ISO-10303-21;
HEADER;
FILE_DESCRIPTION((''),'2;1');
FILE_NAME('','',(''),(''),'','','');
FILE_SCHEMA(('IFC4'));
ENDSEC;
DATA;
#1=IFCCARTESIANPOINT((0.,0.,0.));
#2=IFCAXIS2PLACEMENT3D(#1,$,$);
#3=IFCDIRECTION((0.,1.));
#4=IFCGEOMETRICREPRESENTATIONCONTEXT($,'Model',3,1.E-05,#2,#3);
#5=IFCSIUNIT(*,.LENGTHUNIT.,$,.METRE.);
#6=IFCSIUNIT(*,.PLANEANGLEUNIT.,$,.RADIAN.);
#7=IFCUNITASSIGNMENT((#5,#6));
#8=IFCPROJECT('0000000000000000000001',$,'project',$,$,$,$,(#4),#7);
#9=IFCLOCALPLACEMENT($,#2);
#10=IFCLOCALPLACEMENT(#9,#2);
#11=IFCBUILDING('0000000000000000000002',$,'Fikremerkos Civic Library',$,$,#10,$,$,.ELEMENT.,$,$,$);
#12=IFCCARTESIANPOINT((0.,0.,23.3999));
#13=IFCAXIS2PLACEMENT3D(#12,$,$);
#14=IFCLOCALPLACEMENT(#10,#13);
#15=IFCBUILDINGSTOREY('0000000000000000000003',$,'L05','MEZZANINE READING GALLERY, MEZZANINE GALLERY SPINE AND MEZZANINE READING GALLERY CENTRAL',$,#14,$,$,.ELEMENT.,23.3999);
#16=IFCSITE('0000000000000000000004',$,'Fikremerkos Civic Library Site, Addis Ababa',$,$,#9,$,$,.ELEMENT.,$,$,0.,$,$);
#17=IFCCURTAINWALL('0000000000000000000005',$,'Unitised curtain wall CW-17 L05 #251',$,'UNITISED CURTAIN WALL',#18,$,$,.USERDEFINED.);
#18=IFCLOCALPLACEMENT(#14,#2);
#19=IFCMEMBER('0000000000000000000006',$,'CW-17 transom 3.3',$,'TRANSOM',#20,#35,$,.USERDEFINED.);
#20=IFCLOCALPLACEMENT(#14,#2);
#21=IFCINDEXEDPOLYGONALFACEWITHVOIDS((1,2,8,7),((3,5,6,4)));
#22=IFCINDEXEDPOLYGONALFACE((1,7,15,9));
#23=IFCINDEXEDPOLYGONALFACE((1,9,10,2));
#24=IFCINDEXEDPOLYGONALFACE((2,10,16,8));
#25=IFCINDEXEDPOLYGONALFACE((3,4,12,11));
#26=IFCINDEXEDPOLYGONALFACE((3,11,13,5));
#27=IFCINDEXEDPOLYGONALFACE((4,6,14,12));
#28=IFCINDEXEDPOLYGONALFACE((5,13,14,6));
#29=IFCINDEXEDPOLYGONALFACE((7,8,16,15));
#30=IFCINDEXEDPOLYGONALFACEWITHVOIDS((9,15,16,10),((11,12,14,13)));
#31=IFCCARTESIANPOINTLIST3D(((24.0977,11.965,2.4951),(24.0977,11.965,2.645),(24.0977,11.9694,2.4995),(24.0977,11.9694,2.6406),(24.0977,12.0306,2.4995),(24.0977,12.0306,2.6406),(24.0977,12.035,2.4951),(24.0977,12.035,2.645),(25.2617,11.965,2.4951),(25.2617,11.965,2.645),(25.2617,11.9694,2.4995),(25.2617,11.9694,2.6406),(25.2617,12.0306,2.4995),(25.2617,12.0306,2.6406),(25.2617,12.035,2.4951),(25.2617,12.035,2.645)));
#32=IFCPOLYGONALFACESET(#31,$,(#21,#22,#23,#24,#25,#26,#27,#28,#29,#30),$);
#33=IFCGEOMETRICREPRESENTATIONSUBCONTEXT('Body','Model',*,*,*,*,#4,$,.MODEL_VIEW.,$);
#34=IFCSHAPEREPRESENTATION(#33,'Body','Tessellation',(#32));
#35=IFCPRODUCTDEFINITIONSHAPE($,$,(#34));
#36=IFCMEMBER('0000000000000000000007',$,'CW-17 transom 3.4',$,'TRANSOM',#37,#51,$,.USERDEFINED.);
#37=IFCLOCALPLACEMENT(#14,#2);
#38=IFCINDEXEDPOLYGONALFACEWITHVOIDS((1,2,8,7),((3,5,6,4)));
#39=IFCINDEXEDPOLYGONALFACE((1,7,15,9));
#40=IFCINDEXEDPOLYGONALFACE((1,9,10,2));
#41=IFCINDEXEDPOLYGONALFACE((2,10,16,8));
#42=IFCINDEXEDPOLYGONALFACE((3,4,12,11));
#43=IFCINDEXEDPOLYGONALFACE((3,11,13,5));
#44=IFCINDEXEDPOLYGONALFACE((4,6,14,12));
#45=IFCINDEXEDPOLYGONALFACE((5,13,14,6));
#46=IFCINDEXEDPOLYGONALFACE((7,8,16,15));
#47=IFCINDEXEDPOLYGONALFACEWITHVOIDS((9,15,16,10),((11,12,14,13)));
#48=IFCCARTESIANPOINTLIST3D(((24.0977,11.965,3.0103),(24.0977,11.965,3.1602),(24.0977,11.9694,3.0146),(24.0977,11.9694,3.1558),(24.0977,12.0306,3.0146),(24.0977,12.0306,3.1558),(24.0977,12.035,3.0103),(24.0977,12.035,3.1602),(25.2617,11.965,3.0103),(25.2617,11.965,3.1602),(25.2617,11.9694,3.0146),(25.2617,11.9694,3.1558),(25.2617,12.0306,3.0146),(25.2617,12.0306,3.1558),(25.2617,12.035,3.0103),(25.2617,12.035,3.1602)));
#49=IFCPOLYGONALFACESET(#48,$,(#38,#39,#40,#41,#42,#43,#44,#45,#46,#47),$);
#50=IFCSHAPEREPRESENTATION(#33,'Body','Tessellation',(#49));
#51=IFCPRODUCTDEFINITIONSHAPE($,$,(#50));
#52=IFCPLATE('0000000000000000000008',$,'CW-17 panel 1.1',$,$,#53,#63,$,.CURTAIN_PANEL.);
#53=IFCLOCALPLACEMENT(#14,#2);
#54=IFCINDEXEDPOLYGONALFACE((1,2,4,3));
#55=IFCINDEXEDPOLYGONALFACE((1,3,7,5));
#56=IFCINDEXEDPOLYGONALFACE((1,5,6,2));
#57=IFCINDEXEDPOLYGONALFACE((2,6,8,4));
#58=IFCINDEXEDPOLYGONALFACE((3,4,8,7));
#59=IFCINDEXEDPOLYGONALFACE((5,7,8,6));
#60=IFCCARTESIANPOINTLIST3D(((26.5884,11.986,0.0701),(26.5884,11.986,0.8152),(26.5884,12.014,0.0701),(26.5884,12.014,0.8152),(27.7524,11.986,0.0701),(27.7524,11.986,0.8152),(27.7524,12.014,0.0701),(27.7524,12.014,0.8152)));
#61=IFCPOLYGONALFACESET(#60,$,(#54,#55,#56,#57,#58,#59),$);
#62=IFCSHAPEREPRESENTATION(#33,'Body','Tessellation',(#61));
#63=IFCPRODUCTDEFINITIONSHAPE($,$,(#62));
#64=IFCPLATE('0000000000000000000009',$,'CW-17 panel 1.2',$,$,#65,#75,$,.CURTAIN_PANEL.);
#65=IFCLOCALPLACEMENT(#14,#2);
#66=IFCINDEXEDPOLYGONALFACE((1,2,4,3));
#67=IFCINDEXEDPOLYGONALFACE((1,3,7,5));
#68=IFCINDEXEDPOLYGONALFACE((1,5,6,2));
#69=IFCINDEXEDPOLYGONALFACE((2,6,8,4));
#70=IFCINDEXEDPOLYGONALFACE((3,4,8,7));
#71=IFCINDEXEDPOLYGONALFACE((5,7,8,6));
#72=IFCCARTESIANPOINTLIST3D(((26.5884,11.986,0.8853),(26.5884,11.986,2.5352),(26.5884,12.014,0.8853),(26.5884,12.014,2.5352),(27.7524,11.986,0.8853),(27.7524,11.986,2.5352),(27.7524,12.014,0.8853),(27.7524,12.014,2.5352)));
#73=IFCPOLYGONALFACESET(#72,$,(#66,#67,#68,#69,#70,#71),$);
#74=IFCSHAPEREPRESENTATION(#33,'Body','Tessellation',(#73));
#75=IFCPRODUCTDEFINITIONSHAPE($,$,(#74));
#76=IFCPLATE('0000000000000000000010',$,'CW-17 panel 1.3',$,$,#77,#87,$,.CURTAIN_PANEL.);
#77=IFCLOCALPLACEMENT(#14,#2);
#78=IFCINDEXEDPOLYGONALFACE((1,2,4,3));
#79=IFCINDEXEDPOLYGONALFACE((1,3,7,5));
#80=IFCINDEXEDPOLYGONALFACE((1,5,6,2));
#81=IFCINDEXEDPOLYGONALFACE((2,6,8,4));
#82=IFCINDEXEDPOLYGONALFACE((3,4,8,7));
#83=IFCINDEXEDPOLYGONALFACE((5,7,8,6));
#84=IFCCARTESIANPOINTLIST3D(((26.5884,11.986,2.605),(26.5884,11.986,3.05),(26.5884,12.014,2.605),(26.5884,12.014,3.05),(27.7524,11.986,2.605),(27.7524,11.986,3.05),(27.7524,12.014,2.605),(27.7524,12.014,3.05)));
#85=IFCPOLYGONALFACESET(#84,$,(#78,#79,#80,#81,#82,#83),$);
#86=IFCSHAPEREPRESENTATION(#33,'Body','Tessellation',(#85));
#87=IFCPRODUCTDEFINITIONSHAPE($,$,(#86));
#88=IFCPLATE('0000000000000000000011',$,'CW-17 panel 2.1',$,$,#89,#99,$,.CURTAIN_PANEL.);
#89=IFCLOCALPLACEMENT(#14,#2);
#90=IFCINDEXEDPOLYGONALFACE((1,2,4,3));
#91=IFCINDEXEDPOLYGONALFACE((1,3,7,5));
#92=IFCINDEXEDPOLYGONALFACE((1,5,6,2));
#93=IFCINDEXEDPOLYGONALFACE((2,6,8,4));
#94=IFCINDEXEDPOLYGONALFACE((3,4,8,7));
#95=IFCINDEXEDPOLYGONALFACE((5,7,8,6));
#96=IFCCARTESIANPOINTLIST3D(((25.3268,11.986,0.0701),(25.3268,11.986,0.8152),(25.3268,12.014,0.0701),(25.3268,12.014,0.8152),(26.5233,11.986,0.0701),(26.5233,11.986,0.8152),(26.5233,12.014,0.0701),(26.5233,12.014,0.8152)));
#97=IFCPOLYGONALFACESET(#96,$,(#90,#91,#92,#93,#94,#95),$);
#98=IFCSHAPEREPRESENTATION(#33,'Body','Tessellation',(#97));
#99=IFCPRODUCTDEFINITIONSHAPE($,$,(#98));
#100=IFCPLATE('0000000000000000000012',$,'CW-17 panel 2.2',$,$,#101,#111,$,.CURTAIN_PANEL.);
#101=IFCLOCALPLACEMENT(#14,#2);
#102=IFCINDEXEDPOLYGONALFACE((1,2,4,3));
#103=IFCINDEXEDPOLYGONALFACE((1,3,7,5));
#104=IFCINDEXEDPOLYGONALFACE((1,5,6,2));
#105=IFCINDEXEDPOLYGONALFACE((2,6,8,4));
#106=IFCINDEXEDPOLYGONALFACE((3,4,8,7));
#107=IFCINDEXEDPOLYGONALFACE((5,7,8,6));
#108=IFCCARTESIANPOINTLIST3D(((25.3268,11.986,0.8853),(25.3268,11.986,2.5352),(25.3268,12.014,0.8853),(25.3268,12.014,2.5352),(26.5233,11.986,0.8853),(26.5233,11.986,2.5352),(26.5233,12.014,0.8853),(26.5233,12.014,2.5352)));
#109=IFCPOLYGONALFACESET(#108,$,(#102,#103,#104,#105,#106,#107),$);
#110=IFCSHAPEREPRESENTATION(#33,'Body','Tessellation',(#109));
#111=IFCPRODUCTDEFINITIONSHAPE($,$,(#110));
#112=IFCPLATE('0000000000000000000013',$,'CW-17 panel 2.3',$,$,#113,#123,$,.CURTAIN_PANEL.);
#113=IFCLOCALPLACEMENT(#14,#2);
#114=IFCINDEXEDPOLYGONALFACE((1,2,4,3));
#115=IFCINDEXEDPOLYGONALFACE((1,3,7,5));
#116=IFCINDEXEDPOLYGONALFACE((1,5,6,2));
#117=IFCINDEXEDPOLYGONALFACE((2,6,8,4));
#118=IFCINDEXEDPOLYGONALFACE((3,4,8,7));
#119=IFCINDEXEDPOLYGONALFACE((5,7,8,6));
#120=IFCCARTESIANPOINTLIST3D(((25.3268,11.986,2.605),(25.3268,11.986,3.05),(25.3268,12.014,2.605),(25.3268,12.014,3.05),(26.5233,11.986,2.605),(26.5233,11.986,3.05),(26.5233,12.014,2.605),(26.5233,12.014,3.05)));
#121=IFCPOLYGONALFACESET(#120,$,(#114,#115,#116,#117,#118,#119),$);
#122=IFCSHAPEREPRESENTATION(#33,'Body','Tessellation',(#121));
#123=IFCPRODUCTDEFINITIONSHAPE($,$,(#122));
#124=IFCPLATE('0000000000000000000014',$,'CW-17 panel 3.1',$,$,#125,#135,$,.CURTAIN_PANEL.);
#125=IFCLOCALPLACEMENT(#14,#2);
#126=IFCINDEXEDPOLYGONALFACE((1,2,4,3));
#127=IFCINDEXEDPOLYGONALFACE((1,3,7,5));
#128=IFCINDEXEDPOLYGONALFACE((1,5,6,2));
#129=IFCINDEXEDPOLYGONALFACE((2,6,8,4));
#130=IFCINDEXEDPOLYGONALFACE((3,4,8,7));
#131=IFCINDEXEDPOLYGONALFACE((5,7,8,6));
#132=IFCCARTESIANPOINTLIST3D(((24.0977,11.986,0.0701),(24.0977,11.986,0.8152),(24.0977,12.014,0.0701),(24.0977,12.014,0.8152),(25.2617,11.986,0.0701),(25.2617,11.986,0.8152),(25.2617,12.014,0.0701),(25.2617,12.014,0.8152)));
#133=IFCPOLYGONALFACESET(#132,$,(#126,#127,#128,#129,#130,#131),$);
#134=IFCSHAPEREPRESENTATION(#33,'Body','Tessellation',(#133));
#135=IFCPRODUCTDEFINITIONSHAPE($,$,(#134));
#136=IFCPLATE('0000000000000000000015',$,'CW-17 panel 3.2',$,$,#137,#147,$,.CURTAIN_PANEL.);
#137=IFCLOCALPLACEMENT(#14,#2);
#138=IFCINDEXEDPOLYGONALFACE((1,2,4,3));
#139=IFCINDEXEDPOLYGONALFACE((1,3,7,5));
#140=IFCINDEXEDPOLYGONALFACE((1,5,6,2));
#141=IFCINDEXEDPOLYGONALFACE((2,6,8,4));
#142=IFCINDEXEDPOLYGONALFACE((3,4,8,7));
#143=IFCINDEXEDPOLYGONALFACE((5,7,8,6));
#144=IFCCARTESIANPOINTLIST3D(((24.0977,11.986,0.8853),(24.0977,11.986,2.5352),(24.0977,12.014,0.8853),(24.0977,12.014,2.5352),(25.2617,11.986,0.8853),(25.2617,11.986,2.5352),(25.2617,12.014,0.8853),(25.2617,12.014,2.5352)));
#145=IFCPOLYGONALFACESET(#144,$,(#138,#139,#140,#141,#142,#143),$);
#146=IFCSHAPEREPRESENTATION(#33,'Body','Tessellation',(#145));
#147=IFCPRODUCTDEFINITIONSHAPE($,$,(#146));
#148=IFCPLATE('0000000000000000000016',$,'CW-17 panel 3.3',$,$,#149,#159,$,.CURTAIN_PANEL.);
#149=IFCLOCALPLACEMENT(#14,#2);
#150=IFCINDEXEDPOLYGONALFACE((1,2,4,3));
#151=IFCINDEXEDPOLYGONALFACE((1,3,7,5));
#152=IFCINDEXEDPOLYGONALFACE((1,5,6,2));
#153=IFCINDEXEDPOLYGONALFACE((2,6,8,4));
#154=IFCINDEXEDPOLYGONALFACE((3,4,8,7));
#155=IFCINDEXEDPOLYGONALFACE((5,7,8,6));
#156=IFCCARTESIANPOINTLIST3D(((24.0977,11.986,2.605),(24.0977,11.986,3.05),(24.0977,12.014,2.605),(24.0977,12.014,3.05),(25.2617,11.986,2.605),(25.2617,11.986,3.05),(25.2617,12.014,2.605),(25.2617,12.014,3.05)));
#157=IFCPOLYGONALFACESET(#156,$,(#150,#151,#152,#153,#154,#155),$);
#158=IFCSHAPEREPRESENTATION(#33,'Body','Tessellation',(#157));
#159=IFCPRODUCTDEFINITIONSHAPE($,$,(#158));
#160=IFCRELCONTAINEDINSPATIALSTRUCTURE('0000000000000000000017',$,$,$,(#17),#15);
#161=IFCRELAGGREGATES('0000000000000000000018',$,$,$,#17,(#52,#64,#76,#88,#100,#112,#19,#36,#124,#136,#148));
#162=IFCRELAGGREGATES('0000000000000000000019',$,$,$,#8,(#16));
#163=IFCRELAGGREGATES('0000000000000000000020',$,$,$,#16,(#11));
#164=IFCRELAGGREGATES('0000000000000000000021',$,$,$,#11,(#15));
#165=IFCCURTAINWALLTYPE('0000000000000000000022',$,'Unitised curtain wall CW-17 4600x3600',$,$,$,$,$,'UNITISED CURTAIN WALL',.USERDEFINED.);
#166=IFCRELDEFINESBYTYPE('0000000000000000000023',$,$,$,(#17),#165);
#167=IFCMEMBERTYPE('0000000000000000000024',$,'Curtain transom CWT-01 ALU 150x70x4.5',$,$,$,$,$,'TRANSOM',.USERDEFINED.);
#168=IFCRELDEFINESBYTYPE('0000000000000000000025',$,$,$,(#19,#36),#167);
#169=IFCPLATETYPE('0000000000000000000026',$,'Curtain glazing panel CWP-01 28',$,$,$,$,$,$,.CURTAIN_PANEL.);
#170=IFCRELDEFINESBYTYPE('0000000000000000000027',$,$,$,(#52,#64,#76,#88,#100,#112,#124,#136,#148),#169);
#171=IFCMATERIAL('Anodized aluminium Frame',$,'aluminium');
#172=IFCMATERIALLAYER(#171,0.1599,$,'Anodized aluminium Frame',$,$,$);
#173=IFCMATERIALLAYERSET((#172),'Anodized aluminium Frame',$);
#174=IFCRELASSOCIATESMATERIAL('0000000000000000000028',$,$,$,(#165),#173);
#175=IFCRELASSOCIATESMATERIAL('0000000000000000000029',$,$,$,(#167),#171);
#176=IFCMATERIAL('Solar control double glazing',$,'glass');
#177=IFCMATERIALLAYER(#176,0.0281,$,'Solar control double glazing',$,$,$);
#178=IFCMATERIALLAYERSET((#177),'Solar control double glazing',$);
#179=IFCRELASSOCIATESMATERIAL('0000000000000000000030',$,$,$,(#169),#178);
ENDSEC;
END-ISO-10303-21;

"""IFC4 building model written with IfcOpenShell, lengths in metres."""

from ifc_helpers import new_model, si_unit, direction, frame, origin, origin_2d, place, context, subcontext, project, spatial, rectangle, hollow_rectangle, extrude, material, layer, layer_set, material_profile, profile_set, type_object, element, aggregate, save


model = new_model("IFC4")

# Units and contexts
model_context = context("Model", 3, precision=1e-05, world=origin(), true_north=direction((0.0, 1.0)))
body_context = subcontext(model_context, "Body", "Model", "MODEL_VIEW")
ifc_project = project(units=[si_unit("LENGTHUNIT", "METRE"), si_unit("PLANEANGLEUNIT", "RADIAN")], contexts=[model_context])

# Site, building, storey
site_placement = place(None, origin())
site = spatial("IfcSite", under=ifc_project, at=site_placement, Name="Fikremerkos Civic Library Site, Addis Ababa", CompositionType="ELEMENT", RefElevation=0.0)
building_placement = place(site_placement, origin())
building = spatial("IfcBuilding", under=site, at=building_placement, Name="Fikremerkos Civic Library", CompositionType="ELEMENT")
storey_placement = place(building_placement, frame((0.0, 0.0, 23.3999)))
storey = spatial("IfcBuildingStorey", under=building, at=storey_placement, Name="L05", Description="MEZZANINE READING GALLERY, MEZZANINE GALLERY SPINE AND MEZZANINE READING GALLERY CENTRAL", CompositionType="ELEMENT", Elevation=23.3999)

# Curtain wall, members, plates
ifc_material_1 = material(Name="Anodized aluminium Frame", Category="aluminium")
ifc_layer_1 = layer(ifc_material_1, 0.1599, Name="Anodized aluminium Frame")
ifc_layer_set_1 = layer_set([ifc_layer_1], Name="Anodized aluminium Frame")
curtain_wall_type = type_object("IfcCurtainWallType", Name="Unitised curtain wall CW-17 4600x3600", ElementType="UNITISED CURTAIN WALL", PredefinedType="USERDEFINED", material=ifc_layer_set_1)
curtain_wall_placement = place(storey_placement, origin())
curtain_wall = element("IfcCurtainWall", 1, at=curtain_wall_placement, inside=storey, type_object=curtain_wall_type, Name="Unitised curtain wall CW-17 L05 #251", ObjectType="UNITISED CURTAIN WALL", PredefinedType="USERDEFINED")
ifc_material_profile_1 = material_profile(ifc_material_1, hollow_rectangle(XDim=0.0701, YDim=0.1499, WallThickness=0.0044, at=origin_2d()), Name="ALU 150x70x4.5")
ifc_profile_set_1 = profile_set([ifc_material_profile_1], Name="Anodized aluminium Frame")
member_type_1 = type_object("IfcMemberType", Name="Curtain transom CWT-01 ALU 150x70x4.5", ElementType="TRANSOM", PredefinedType="USERDEFINED", material=ifc_profile_set_1)
member_1_placement = place(storey_placement, frame((25.2617, 12.0, 2.5701), z_axis=(-1.0, 0.0, 0.0), x_axis=(0.0, -1.0, 0.0)))
member_1 = element("IfcMember", 2, at=member_1_placement, type_object=member_type_1, Name="CW-17 transom 3.3", ObjectType="TRANSOM", PredefinedType="USERDEFINED", context=body_context, shape_type="SweptSolid", body=[
    extrude(hollow_rectangle(XDim=0.0701, YDim=0.1499, WallThickness=0.0044, at=origin_2d()), origin(), (0.0, 0.0, 1.0), 1.1641),
])
member_2_placement = place(storey_placement, frame((25.2617, 12.0, 3.0852), z_axis=(-1.0, 0.0, 0.0), x_axis=(0.0, -1.0, 0.0)))
member_2 = element("IfcMember", 3, at=member_2_placement, type_object=member_type_1, Name="CW-17 transom 3.4", ObjectType="TRANSOM", PredefinedType="USERDEFINED", context=body_context, shape_type="SweptSolid", body=[
    extrude(hollow_rectangle(XDim=0.0701, YDim=0.1499, WallThickness=0.0044, at=origin_2d()), origin(), (0.0, 0.0, 1.0), 1.1641),
])
ifc_material_2 = material(Name="Solar control double glazing", Category="glass")
ifc_layer_2 = layer(ifc_material_2, 0.0281, Name="Solar control double glazing")
ifc_layer_set_2 = layer_set([ifc_layer_2], Name="Solar control double glazing")
plate_type = type_object("IfcPlateType", Name="Curtain glazing panel CWP-01 28", PredefinedType="CURTAIN_PANEL", material=ifc_layer_set_2)
plate_1_placement = place(storey_placement, frame((27.1704, 12.0, 0.0701), z_axis=(0.0, 0.0, 1.0), x_axis=(-1.0, 0.0, 0.0)))
plate_1 = element("IfcPlate", 4, at=plate_1_placement, type_object=plate_type, Name="CW-17 panel 1.1", PredefinedType="CURTAIN_PANEL", context=body_context, shape_type="SweptSolid", body=[
    extrude(rectangle(XDim=1.1641, YDim=0.0281, at=origin_2d()), origin(), (0.0, 0.0, 1.0), 0.7451),
])
plate_2_placement = place(storey_placement, frame((27.1704, 12.0, 0.8853), z_axis=(0.0, 0.0, 1.0), x_axis=(-1.0, 0.0, 0.0)))
plate_2 = element("IfcPlate", 5, at=plate_2_placement, type_object=plate_type, Name="CW-17 panel 1.2", PredefinedType="CURTAIN_PANEL", context=body_context, shape_type="SweptSolid", body=[
    extrude(rectangle(XDim=1.1641, YDim=0.0281, at=origin_2d()), origin(), (0.0, 0.0, 1.0), 1.6499),
])
plate_3_placement = place(storey_placement, frame((27.1704, 12.0, 2.605), z_axis=(0.0, 0.0, 1.0), x_axis=(-1.0, 0.0, 0.0)))
plate_3 = element("IfcPlate", 6, at=plate_3_placement, type_object=plate_type, Name="CW-17 panel 1.3", PredefinedType="CURTAIN_PANEL", context=body_context, shape_type="SweptSolid", body=[
    extrude(rectangle(XDim=1.1641, YDim=0.0281, at=origin_2d()), origin(), (0.0, 0.0, 1.0), 0.4451),
])
plate_4_placement = place(storey_placement, frame((25.925, 12.0, 0.0701), z_axis=(0.0, 0.0, 1.0), x_axis=(-1.0, 0.0, 0.0)))
plate_4 = element("IfcPlate", 7, at=plate_4_placement, type_object=plate_type, Name="CW-17 panel 2.1", PredefinedType="CURTAIN_PANEL", context=body_context, shape_type="SweptSolid", body=[
    extrude(rectangle(XDim=1.1965, YDim=0.0281, at=origin_2d()), origin(), (0.0, 0.0, 1.0), 0.7451),
])
plate_5_placement = place(storey_placement, frame((25.925, 12.0, 0.8853), z_axis=(0.0, 0.0, 1.0), x_axis=(-1.0, 0.0, 0.0)))
plate_5 = element("IfcPlate", 8, at=plate_5_placement, type_object=plate_type, Name="CW-17 panel 2.2", PredefinedType="CURTAIN_PANEL", context=body_context, shape_type="SweptSolid", body=[
    extrude(rectangle(XDim=1.1965, YDim=0.0281, at=origin_2d()), origin(), (0.0, 0.0, 1.0), 1.6499),
])
plate_6_placement = place(storey_placement, frame((25.925, 12.0, 2.605), z_axis=(0.0, 0.0, 1.0), x_axis=(-1.0, 0.0, 0.0)))
plate_6 = element("IfcPlate", 9, at=plate_6_placement, type_object=plate_type, Name="CW-17 panel 2.3", PredefinedType="CURTAIN_PANEL", context=body_context, shape_type="SweptSolid", body=[
    extrude(rectangle(XDim=1.1965, YDim=0.0281, at=origin_2d()), origin(), (0.0, 0.0, 1.0), 0.4451),
])
plate_7_placement = place(storey_placement, frame((24.6797, 12.0, 0.0701), z_axis=(0.0, 0.0, 1.0), x_axis=(-1.0, 0.0, 0.0)))
plate_7 = element("IfcPlate", 10, at=plate_7_placement, type_object=plate_type, Name="CW-17 panel 3.1", PredefinedType="CURTAIN_PANEL", context=body_context, shape_type="SweptSolid", body=[
    extrude(rectangle(XDim=1.1641, YDim=0.0281, at=origin_2d()), origin(), (0.0, 0.0, 1.0), 0.7451),
])
plate_8_placement = place(storey_placement, frame((24.6797, 12.0, 0.8853), z_axis=(0.0, 0.0, 1.0), x_axis=(-1.0, 0.0, 0.0)))
plate_8 = element("IfcPlate", 11, at=plate_8_placement, type_object=plate_type, Name="CW-17 panel 3.2", PredefinedType="CURTAIN_PANEL", context=body_context, shape_type="SweptSolid", body=[
    extrude(rectangle(XDim=1.1641, YDim=0.0281, at=origin_2d()), origin(), (0.0, 0.0, 1.0), 1.6499),
])
plate_9_placement = place(storey_placement, frame((24.6797, 12.0, 2.605), z_axis=(0.0, 0.0, 1.0), x_axis=(-1.0, 0.0, 0.0)))
plate_9 = element("IfcPlate", 12, at=plate_9_placement, type_object=plate_type, Name="CW-17 panel 3.3", PredefinedType="CURTAIN_PANEL", context=body_context, shape_type="SweptSolid", body=[
    extrude(rectangle(XDim=1.1641, YDim=0.0281, at=origin_2d()), origin(), (0.0, 0.0, 1.0), 0.4451),
])
aggregate(curtain_wall, [plate_1, plate_2, plate_3, plate_4, plate_5, plate_6, member_1, member_2, plate_7, plate_8, plate_9])

save(model, "model.ifc")
